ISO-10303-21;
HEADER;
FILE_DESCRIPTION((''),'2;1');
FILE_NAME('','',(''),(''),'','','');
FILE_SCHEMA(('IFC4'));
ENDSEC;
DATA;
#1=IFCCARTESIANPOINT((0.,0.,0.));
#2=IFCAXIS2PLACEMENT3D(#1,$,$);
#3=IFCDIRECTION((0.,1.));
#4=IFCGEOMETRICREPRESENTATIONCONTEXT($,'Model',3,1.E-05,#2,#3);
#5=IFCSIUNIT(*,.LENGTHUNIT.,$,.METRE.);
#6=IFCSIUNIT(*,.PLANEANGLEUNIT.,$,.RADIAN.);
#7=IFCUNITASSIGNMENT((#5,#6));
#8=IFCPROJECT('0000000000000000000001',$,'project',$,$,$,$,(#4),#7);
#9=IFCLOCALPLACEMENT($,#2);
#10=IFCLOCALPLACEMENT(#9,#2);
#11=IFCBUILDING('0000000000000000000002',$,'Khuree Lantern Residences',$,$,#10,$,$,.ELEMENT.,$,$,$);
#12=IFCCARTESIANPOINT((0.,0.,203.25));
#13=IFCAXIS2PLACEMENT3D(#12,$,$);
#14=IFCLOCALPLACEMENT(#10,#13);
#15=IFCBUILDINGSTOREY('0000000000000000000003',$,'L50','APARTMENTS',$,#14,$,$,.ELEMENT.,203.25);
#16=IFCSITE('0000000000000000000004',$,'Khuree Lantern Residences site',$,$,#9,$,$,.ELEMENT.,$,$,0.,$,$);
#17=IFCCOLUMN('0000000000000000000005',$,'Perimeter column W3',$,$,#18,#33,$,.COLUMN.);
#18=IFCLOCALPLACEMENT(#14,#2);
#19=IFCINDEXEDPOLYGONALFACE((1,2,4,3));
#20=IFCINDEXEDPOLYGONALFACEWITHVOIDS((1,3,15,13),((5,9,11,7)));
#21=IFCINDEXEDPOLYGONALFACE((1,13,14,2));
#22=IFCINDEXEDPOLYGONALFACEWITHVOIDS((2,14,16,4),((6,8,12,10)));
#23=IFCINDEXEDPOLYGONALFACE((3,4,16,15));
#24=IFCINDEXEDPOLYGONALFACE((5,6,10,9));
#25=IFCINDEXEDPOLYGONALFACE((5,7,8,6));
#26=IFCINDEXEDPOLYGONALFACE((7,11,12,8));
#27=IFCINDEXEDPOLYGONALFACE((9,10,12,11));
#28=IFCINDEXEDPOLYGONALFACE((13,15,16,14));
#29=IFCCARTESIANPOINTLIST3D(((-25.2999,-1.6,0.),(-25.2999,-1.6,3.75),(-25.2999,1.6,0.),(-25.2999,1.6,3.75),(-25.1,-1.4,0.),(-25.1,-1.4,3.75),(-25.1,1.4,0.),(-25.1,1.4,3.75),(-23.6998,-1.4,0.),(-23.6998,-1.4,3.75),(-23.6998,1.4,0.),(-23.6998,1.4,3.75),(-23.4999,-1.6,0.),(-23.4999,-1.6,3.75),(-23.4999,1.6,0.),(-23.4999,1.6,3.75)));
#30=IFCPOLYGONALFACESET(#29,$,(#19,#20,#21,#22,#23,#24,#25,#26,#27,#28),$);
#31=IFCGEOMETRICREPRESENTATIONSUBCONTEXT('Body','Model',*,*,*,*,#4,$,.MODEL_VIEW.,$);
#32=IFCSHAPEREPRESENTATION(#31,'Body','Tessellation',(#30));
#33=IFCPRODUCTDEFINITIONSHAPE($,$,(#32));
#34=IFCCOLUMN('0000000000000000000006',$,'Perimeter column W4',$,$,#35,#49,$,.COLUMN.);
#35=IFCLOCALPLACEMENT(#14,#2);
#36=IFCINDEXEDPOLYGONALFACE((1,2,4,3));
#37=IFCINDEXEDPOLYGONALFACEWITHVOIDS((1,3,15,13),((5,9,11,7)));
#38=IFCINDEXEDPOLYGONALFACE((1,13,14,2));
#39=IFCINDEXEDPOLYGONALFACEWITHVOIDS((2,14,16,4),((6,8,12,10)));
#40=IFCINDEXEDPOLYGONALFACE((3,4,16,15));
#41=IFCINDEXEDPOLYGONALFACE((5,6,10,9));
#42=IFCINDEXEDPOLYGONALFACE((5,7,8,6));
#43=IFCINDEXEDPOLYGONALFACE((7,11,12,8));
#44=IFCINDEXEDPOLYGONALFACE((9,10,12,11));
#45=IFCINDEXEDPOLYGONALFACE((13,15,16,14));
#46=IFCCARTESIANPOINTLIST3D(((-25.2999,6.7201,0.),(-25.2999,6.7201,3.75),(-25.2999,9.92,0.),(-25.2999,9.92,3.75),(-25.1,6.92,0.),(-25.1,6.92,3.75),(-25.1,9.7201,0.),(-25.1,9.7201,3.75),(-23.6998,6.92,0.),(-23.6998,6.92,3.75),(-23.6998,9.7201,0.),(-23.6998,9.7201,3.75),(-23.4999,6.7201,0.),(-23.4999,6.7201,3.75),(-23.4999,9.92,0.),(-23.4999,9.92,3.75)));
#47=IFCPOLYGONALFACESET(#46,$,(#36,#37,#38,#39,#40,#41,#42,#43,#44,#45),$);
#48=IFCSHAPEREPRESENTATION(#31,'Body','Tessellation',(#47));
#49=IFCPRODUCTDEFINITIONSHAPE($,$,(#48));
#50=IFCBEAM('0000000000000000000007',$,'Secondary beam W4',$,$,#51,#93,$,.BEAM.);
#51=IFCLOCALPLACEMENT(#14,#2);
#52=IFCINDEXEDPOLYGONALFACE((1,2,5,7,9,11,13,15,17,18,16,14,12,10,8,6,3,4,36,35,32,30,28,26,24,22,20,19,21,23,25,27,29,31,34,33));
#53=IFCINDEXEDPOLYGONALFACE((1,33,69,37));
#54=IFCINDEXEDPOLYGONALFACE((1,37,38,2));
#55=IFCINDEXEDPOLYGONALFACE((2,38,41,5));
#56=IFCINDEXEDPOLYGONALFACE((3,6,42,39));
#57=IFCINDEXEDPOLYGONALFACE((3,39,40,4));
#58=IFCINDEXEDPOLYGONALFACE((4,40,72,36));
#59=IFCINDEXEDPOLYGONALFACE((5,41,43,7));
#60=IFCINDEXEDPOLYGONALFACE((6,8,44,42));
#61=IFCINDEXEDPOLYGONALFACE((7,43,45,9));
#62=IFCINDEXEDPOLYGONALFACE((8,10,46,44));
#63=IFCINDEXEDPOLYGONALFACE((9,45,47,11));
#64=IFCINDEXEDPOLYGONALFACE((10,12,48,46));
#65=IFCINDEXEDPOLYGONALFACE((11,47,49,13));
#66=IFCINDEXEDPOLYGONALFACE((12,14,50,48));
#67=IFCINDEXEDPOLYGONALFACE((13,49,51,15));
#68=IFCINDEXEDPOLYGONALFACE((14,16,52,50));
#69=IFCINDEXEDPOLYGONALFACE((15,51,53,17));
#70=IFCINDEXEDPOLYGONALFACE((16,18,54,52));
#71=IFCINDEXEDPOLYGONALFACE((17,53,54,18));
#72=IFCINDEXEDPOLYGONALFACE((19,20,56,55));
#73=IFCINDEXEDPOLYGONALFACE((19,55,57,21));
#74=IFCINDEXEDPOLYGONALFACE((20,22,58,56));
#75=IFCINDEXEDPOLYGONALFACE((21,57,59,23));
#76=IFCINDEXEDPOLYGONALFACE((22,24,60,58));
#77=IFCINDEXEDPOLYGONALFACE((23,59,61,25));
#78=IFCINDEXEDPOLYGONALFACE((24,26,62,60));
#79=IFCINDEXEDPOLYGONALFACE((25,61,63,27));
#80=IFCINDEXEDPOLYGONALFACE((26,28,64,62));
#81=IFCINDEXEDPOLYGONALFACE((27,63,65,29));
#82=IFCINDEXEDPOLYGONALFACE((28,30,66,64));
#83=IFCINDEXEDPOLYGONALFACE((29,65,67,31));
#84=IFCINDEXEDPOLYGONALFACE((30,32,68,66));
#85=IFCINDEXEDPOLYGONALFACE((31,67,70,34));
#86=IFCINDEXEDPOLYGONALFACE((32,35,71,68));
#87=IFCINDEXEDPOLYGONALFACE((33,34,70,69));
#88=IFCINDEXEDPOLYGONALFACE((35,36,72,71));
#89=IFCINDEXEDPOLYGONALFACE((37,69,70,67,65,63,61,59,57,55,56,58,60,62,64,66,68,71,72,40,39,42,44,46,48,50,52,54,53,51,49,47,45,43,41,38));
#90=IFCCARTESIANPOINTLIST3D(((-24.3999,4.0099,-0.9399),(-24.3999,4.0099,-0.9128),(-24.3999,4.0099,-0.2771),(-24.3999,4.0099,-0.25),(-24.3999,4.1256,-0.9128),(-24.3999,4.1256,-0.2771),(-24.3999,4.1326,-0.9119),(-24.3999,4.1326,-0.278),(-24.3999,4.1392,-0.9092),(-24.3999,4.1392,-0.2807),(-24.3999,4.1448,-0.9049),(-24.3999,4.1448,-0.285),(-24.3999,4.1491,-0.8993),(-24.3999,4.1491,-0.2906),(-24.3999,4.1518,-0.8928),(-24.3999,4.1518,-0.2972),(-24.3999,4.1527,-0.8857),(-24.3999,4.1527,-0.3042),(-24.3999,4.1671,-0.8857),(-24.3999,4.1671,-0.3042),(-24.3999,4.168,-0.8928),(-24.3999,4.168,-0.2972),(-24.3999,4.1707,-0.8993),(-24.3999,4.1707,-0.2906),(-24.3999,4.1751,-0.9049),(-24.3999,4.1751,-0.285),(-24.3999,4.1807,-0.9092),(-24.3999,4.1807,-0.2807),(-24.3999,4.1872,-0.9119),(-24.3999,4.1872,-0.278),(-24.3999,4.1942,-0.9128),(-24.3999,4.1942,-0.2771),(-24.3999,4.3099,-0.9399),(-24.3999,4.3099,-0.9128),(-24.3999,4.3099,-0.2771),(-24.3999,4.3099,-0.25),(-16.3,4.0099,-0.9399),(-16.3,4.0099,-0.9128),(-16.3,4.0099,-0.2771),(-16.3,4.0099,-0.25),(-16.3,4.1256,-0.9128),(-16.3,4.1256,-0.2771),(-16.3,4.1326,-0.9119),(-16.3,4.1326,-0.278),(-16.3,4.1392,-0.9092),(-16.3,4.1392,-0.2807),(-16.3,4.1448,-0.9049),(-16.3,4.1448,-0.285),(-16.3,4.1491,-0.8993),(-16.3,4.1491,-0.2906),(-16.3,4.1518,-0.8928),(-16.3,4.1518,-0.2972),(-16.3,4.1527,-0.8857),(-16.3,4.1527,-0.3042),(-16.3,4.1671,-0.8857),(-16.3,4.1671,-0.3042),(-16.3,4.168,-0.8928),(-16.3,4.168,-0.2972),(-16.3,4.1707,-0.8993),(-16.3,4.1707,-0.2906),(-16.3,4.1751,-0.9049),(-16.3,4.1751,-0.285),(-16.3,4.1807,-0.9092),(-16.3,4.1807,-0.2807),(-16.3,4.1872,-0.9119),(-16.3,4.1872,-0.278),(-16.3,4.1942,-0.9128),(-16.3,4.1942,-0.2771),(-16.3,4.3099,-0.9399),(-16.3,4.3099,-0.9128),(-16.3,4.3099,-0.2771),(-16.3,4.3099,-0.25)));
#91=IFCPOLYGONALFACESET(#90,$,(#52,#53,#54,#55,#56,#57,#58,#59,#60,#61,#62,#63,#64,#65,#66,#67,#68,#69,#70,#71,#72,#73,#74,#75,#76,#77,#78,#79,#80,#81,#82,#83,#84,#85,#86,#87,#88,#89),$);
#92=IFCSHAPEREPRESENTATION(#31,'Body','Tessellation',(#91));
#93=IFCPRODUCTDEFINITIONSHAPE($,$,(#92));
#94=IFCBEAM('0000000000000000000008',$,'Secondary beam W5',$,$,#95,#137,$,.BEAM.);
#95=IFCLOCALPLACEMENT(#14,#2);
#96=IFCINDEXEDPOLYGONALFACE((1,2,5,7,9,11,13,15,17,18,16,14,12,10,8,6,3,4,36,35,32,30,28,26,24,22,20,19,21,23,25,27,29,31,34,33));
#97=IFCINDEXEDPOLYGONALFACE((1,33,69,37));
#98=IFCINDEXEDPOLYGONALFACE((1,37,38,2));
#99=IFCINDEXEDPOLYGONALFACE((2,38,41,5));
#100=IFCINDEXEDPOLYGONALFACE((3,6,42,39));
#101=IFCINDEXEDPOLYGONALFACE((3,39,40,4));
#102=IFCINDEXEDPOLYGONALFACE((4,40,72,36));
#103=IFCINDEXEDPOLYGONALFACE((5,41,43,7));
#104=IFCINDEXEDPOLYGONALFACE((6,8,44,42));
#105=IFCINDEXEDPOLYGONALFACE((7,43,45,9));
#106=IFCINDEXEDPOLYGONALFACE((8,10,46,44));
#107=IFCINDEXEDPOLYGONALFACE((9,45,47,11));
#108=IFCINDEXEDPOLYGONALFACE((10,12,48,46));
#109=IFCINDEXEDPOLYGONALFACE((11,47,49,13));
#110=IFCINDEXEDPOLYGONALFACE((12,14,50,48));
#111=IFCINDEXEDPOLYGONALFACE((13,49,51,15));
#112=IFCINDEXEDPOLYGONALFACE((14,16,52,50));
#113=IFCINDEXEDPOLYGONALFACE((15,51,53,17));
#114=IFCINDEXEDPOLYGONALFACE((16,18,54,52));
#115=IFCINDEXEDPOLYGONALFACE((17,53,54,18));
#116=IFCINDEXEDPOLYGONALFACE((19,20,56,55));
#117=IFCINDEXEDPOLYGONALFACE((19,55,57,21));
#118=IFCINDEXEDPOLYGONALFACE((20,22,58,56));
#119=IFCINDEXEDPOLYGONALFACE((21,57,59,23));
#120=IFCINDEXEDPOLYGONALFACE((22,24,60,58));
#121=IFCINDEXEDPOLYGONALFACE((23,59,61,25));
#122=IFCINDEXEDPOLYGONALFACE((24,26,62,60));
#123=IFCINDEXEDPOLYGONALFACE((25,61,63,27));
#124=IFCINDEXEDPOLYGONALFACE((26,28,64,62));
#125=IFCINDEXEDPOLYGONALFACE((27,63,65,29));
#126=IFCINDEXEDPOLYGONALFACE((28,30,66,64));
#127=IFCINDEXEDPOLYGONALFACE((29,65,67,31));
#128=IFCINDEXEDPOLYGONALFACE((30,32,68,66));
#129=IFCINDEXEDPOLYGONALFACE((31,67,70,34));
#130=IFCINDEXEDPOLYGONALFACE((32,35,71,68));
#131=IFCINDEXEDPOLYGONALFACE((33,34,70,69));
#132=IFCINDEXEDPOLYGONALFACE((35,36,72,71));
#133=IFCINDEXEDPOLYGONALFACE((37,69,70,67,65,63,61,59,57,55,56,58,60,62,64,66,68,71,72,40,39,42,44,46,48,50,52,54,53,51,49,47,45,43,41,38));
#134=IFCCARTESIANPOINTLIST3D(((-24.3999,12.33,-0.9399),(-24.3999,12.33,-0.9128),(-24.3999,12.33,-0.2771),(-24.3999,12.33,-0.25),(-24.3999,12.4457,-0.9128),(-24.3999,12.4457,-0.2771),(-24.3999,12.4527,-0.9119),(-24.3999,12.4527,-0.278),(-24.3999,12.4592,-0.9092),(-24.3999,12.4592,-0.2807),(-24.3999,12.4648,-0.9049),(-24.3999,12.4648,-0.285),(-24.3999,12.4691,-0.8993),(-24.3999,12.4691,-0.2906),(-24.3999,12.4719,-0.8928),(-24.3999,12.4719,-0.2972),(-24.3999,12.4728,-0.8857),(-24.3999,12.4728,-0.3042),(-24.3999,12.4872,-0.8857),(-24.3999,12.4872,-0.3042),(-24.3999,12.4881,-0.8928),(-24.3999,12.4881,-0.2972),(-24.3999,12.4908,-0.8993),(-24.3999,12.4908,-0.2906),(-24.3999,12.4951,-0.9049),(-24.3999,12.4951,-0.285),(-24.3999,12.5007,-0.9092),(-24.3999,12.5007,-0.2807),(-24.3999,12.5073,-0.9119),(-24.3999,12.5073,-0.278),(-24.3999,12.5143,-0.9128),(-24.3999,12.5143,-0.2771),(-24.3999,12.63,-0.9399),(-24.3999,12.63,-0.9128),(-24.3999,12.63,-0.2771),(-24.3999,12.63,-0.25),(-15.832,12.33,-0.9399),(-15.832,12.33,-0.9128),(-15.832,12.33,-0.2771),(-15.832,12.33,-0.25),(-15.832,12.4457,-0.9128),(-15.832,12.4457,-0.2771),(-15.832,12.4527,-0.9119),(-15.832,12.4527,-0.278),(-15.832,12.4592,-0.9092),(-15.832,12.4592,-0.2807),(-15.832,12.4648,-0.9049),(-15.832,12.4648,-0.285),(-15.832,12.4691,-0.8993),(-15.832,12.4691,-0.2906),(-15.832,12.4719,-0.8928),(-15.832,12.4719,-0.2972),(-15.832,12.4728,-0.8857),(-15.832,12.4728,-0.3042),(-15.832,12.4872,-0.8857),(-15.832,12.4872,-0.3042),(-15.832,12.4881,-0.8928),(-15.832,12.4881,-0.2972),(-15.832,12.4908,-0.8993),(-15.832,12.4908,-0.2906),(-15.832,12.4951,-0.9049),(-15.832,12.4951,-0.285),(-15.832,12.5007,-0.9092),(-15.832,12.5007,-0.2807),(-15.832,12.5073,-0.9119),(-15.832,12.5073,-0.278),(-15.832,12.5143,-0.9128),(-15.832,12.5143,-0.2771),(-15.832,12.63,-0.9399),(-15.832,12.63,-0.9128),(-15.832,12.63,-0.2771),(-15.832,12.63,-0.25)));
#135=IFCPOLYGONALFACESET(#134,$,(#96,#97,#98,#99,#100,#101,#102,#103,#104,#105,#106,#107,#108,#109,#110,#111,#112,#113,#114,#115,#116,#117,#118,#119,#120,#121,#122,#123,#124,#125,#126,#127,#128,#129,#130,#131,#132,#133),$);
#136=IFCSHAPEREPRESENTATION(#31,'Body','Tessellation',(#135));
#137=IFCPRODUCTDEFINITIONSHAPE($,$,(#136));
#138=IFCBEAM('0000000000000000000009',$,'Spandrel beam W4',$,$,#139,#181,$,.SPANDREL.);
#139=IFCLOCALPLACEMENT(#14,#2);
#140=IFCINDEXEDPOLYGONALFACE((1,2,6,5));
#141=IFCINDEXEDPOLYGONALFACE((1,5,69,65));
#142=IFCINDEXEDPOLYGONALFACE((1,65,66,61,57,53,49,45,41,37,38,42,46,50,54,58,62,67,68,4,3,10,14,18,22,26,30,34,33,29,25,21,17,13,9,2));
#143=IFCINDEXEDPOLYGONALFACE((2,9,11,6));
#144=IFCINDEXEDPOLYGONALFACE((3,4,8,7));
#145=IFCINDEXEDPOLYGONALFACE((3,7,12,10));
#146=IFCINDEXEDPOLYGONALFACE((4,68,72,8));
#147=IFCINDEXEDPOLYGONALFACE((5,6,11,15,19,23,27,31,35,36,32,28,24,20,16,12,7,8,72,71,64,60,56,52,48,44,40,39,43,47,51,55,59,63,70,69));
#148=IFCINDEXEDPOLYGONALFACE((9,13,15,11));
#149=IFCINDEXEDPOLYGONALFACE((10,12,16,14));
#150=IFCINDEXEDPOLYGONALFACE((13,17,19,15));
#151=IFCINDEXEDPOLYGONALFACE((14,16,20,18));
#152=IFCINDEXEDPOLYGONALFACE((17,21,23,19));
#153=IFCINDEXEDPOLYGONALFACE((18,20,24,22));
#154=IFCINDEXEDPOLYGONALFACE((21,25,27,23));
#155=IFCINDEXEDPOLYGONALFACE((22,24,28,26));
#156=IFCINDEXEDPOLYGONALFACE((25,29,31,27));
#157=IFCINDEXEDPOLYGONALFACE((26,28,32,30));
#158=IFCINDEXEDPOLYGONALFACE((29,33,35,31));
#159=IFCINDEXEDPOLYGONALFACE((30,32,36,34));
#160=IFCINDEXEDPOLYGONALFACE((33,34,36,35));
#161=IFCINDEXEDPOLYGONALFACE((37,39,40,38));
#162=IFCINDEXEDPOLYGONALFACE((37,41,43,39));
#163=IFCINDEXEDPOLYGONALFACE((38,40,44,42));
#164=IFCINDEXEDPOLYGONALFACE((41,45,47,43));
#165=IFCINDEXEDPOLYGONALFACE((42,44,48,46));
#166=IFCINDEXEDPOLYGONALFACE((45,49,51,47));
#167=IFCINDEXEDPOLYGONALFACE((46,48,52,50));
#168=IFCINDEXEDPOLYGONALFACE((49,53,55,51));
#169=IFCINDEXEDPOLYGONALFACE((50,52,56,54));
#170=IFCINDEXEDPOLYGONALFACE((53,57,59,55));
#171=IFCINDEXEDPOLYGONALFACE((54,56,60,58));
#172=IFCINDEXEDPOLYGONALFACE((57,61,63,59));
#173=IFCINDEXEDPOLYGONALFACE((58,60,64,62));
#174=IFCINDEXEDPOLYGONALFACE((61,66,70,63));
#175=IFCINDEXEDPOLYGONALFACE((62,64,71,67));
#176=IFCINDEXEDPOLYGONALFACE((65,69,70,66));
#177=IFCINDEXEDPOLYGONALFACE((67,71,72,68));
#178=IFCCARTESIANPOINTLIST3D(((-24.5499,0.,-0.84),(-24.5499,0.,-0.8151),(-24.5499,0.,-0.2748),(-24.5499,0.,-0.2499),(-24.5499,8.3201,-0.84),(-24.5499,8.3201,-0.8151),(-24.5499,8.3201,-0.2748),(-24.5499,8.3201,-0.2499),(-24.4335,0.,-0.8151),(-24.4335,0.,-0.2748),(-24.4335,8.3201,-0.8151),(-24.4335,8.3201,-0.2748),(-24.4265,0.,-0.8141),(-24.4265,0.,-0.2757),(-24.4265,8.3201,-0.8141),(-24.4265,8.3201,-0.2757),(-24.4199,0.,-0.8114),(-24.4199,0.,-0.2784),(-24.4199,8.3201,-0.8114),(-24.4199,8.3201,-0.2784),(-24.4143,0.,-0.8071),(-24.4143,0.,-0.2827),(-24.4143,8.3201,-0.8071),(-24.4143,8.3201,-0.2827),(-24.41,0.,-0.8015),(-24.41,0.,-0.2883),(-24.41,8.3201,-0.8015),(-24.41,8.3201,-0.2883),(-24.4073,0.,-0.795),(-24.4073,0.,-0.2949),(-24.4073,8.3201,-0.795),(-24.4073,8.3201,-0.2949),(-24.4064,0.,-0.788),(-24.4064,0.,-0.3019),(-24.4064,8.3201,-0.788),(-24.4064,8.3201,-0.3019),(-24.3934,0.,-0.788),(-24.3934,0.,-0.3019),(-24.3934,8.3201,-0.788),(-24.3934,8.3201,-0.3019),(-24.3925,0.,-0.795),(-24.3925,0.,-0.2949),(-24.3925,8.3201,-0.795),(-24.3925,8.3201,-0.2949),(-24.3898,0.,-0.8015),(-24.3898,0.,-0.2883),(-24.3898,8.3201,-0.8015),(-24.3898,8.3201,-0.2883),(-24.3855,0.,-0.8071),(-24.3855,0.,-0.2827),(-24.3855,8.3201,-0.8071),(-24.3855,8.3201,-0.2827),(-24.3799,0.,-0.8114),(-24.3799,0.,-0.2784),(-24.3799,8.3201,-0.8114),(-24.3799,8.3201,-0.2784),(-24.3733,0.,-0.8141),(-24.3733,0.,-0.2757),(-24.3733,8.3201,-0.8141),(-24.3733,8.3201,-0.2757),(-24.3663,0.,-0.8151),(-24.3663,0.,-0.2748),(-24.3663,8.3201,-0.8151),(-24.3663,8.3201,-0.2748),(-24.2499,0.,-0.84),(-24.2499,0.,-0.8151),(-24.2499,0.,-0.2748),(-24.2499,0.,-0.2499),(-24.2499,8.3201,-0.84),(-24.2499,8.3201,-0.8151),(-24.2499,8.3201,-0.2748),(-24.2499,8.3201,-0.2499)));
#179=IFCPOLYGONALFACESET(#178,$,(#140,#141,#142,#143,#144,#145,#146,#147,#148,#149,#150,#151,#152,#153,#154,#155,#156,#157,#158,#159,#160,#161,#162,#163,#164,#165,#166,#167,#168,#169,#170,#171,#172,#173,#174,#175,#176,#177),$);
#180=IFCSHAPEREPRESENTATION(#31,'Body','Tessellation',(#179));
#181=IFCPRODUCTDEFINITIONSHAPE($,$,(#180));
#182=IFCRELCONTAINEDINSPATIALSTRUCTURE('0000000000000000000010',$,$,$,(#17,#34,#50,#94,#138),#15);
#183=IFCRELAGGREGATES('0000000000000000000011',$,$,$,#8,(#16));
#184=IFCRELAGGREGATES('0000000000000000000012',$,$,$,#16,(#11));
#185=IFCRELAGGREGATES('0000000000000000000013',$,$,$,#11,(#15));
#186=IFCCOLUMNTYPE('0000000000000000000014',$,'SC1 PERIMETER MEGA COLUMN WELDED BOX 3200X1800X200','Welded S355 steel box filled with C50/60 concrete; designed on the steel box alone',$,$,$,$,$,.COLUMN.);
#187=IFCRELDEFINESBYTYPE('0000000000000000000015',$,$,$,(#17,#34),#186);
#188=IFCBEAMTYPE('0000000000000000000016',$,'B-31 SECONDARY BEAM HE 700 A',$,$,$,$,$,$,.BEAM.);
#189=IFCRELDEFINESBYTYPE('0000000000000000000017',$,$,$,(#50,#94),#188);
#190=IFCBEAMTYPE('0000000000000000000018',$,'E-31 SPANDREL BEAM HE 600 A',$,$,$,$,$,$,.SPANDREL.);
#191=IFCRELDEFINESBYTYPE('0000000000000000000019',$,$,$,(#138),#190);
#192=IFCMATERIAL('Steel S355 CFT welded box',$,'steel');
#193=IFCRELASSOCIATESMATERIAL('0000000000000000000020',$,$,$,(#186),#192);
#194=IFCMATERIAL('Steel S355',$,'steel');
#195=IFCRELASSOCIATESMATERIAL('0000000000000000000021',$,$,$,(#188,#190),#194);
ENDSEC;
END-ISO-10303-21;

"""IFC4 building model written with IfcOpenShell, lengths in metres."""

from ifc_helpers import new_model, si_unit, direction, frame, origin, origin_2d, place, context, subcontext, project, spatial, hollow_rectangle, i_section, extrude, material, material_profile, profile_set, type_object, element, save


model = new_model("IFC4")

# Units and contexts
model_context = context("Model", 3, precision=1e-05, world=origin(), true_north=direction((0.0, 1.0)))
body_context = subcontext(model_context, "Body", "Model", "MODEL_VIEW")
ifc_project = project(units=[si_unit("LENGTHUNIT", "METRE"), si_unit("PLANEANGLEUNIT", "RADIAN")], contexts=[model_context])

# Site, building, storey
site_placement = place(None, origin())
site = spatial("IfcSite", under=ifc_project, at=site_placement, Name="Khuree Lantern Residences site", CompositionType="ELEMENT", RefElevation=0.0)
building_placement = place(site_placement, origin())
building = spatial("IfcBuilding", under=site, at=building_placement, Name="Khuree Lantern Residences", CompositionType="ELEMENT")
storey_placement = place(building_placement, frame((0.0, 0.0, 203.25)))
storey = spatial("IfcBuildingStorey", under=building, at=storey_placement, Name="L50", Description="APARTMENTS", CompositionType="ELEMENT", Elevation=203.25)

# Columns
ifc_material_1 = material(Name="Steel S355 CFT welded box", Category="steel")
ifc_material_profile_1 = material_profile(ifc_material_1, hollow_rectangle(XDim=3.2, YDim=1.8, WallThickness=0.2, at=origin_2d()), Name="WELDED BOX 3200X1800X200")
ifc_profile_set_1 = profile_set([ifc_material_profile_1], Name="Steel S355 CFT welded box")
column_type = type_object("IfcColumnType", Name="SC1 PERIMETER MEGA COLUMN WELDED BOX 3200X1800X200", Description="Welded S355 steel box filled with C50/60 concrete; designed on the steel box alone", PredefinedType="COLUMN", material=ifc_profile_set_1)
for number, where, z_axis, x_axis, name in (
    (1, (-24.3999, 0.0, 0.0), (0.0, 0.0, 1.0), (0.0, 1.0, 0.0), "Perimeter column W3"),
    (2, (-24.3999, 8.3201, 0.0), (0.0, 0.0, 1.0), (0.0, 1.0, 0.0), "Perimeter column W4"),
):
    element("IfcColumn", number, at=place(storey_placement, frame(where, z_axis=z_axis, x_axis=x_axis)), inside=storey, type_object=column_type, Name=name, PredefinedType="COLUMN", context=body_context, shape_type="SweptSolid", body=[
        extrude(hollow_rectangle(XDim=3.2, YDim=1.8, WallThickness=0.2, at=origin_2d()), origin(), (0.0, 0.0, 1.0), 3.75),
    ])

# Beams
ifc_material_2 = material(Name="Steel S355", Category="steel")
ifc_material_profile_2 = material_profile(ifc_material_2, i_section(OverallWidth=0.3, OverallDepth=0.6899, WebThickness=0.0144, FlangeThickness=0.0271, FilletRadius=0.0271, at=origin_2d()), Name="HE 700 A")
ifc_profile_set_2 = profile_set([ifc_material_profile_2], Name="Steel S355")
beam_type_1 = type_object("IfcBeamType", Name="B-31 SECONDARY BEAM HE 700 A", PredefinedType="BEAM", material=ifc_profile_set_2)
beam_1_placement = place(storey_placement, frame((-24.3999, 4.1599, -0.595), z_axis=(1.0, 0.0, 0.0), x_axis=(0.0, 1.0, 0.0)))
element("IfcBeam", 3, at=beam_1_placement, inside=storey, type_object=beam_type_1, Name="Secondary beam W4", PredefinedType="BEAM", context=body_context, shape_type="SweptSolid", body=[
    extrude(i_section(OverallWidth=0.3, OverallDepth=0.6899, WebThickness=0.0144, FlangeThickness=0.0271, FilletRadius=0.0271, at=origin_2d()), origin(), (0.0, 0.0, 1.0), 8.0999),
])
beam_2_placement = place(storey_placement, frame((-24.3999, 12.48, -0.595), z_axis=(1.0, 0.0, 0.0), x_axis=(0.0, 1.0, 0.0)))
element("IfcBeam", 4, at=beam_2_placement, inside=storey, type_object=beam_type_1, Name="Secondary beam W5", PredefinedType="BEAM", context=body_context, shape_type="SweptSolid", body=[
    extrude(i_section(OverallWidth=0.3, OverallDepth=0.6899, WebThickness=0.0144, FlangeThickness=0.0271, FilletRadius=0.0271, at=origin_2d()), origin(), (0.0, 0.0, 1.0), 8.5679),
])
ifc_material_profile_3 = material_profile(ifc_material_2, i_section(OverallWidth=0.3, OverallDepth=0.5901, WebThickness=0.0129, FlangeThickness=0.0249, FilletRadius=0.0271, at=origin_2d()), Name="HE 600 A")
ifc_profile_set_3 = profile_set([ifc_material_profile_3], Name="Steel S355")
beam_type_2 = type_object("IfcBeamType", Name="E-31 SPANDREL BEAM HE 600 A", PredefinedType="SPANDREL", material=ifc_profile_set_3)
beam_3_placement = place(storey_placement, frame((-24.3999, 0.0, -0.5449), z_axis=(0.0, 1.0, 0.0), x_axis=(-1.0, 0.0, 0.0)))
element("IfcBeam", 5, at=beam_3_placement, inside=storey, type_object=beam_type_2, Name="Spandrel beam W4", PredefinedType="SPANDREL", context=body_context, shape_type="SweptSolid", body=[
    extrude(i_section(OverallWidth=0.3, OverallDepth=0.5901, WebThickness=0.0129, FlangeThickness=0.0249, FilletRadius=0.0271, at=origin_2d()), origin(), (0.0, 0.0, 1.0), 8.3201),
])

save(model, "model.ifc")
